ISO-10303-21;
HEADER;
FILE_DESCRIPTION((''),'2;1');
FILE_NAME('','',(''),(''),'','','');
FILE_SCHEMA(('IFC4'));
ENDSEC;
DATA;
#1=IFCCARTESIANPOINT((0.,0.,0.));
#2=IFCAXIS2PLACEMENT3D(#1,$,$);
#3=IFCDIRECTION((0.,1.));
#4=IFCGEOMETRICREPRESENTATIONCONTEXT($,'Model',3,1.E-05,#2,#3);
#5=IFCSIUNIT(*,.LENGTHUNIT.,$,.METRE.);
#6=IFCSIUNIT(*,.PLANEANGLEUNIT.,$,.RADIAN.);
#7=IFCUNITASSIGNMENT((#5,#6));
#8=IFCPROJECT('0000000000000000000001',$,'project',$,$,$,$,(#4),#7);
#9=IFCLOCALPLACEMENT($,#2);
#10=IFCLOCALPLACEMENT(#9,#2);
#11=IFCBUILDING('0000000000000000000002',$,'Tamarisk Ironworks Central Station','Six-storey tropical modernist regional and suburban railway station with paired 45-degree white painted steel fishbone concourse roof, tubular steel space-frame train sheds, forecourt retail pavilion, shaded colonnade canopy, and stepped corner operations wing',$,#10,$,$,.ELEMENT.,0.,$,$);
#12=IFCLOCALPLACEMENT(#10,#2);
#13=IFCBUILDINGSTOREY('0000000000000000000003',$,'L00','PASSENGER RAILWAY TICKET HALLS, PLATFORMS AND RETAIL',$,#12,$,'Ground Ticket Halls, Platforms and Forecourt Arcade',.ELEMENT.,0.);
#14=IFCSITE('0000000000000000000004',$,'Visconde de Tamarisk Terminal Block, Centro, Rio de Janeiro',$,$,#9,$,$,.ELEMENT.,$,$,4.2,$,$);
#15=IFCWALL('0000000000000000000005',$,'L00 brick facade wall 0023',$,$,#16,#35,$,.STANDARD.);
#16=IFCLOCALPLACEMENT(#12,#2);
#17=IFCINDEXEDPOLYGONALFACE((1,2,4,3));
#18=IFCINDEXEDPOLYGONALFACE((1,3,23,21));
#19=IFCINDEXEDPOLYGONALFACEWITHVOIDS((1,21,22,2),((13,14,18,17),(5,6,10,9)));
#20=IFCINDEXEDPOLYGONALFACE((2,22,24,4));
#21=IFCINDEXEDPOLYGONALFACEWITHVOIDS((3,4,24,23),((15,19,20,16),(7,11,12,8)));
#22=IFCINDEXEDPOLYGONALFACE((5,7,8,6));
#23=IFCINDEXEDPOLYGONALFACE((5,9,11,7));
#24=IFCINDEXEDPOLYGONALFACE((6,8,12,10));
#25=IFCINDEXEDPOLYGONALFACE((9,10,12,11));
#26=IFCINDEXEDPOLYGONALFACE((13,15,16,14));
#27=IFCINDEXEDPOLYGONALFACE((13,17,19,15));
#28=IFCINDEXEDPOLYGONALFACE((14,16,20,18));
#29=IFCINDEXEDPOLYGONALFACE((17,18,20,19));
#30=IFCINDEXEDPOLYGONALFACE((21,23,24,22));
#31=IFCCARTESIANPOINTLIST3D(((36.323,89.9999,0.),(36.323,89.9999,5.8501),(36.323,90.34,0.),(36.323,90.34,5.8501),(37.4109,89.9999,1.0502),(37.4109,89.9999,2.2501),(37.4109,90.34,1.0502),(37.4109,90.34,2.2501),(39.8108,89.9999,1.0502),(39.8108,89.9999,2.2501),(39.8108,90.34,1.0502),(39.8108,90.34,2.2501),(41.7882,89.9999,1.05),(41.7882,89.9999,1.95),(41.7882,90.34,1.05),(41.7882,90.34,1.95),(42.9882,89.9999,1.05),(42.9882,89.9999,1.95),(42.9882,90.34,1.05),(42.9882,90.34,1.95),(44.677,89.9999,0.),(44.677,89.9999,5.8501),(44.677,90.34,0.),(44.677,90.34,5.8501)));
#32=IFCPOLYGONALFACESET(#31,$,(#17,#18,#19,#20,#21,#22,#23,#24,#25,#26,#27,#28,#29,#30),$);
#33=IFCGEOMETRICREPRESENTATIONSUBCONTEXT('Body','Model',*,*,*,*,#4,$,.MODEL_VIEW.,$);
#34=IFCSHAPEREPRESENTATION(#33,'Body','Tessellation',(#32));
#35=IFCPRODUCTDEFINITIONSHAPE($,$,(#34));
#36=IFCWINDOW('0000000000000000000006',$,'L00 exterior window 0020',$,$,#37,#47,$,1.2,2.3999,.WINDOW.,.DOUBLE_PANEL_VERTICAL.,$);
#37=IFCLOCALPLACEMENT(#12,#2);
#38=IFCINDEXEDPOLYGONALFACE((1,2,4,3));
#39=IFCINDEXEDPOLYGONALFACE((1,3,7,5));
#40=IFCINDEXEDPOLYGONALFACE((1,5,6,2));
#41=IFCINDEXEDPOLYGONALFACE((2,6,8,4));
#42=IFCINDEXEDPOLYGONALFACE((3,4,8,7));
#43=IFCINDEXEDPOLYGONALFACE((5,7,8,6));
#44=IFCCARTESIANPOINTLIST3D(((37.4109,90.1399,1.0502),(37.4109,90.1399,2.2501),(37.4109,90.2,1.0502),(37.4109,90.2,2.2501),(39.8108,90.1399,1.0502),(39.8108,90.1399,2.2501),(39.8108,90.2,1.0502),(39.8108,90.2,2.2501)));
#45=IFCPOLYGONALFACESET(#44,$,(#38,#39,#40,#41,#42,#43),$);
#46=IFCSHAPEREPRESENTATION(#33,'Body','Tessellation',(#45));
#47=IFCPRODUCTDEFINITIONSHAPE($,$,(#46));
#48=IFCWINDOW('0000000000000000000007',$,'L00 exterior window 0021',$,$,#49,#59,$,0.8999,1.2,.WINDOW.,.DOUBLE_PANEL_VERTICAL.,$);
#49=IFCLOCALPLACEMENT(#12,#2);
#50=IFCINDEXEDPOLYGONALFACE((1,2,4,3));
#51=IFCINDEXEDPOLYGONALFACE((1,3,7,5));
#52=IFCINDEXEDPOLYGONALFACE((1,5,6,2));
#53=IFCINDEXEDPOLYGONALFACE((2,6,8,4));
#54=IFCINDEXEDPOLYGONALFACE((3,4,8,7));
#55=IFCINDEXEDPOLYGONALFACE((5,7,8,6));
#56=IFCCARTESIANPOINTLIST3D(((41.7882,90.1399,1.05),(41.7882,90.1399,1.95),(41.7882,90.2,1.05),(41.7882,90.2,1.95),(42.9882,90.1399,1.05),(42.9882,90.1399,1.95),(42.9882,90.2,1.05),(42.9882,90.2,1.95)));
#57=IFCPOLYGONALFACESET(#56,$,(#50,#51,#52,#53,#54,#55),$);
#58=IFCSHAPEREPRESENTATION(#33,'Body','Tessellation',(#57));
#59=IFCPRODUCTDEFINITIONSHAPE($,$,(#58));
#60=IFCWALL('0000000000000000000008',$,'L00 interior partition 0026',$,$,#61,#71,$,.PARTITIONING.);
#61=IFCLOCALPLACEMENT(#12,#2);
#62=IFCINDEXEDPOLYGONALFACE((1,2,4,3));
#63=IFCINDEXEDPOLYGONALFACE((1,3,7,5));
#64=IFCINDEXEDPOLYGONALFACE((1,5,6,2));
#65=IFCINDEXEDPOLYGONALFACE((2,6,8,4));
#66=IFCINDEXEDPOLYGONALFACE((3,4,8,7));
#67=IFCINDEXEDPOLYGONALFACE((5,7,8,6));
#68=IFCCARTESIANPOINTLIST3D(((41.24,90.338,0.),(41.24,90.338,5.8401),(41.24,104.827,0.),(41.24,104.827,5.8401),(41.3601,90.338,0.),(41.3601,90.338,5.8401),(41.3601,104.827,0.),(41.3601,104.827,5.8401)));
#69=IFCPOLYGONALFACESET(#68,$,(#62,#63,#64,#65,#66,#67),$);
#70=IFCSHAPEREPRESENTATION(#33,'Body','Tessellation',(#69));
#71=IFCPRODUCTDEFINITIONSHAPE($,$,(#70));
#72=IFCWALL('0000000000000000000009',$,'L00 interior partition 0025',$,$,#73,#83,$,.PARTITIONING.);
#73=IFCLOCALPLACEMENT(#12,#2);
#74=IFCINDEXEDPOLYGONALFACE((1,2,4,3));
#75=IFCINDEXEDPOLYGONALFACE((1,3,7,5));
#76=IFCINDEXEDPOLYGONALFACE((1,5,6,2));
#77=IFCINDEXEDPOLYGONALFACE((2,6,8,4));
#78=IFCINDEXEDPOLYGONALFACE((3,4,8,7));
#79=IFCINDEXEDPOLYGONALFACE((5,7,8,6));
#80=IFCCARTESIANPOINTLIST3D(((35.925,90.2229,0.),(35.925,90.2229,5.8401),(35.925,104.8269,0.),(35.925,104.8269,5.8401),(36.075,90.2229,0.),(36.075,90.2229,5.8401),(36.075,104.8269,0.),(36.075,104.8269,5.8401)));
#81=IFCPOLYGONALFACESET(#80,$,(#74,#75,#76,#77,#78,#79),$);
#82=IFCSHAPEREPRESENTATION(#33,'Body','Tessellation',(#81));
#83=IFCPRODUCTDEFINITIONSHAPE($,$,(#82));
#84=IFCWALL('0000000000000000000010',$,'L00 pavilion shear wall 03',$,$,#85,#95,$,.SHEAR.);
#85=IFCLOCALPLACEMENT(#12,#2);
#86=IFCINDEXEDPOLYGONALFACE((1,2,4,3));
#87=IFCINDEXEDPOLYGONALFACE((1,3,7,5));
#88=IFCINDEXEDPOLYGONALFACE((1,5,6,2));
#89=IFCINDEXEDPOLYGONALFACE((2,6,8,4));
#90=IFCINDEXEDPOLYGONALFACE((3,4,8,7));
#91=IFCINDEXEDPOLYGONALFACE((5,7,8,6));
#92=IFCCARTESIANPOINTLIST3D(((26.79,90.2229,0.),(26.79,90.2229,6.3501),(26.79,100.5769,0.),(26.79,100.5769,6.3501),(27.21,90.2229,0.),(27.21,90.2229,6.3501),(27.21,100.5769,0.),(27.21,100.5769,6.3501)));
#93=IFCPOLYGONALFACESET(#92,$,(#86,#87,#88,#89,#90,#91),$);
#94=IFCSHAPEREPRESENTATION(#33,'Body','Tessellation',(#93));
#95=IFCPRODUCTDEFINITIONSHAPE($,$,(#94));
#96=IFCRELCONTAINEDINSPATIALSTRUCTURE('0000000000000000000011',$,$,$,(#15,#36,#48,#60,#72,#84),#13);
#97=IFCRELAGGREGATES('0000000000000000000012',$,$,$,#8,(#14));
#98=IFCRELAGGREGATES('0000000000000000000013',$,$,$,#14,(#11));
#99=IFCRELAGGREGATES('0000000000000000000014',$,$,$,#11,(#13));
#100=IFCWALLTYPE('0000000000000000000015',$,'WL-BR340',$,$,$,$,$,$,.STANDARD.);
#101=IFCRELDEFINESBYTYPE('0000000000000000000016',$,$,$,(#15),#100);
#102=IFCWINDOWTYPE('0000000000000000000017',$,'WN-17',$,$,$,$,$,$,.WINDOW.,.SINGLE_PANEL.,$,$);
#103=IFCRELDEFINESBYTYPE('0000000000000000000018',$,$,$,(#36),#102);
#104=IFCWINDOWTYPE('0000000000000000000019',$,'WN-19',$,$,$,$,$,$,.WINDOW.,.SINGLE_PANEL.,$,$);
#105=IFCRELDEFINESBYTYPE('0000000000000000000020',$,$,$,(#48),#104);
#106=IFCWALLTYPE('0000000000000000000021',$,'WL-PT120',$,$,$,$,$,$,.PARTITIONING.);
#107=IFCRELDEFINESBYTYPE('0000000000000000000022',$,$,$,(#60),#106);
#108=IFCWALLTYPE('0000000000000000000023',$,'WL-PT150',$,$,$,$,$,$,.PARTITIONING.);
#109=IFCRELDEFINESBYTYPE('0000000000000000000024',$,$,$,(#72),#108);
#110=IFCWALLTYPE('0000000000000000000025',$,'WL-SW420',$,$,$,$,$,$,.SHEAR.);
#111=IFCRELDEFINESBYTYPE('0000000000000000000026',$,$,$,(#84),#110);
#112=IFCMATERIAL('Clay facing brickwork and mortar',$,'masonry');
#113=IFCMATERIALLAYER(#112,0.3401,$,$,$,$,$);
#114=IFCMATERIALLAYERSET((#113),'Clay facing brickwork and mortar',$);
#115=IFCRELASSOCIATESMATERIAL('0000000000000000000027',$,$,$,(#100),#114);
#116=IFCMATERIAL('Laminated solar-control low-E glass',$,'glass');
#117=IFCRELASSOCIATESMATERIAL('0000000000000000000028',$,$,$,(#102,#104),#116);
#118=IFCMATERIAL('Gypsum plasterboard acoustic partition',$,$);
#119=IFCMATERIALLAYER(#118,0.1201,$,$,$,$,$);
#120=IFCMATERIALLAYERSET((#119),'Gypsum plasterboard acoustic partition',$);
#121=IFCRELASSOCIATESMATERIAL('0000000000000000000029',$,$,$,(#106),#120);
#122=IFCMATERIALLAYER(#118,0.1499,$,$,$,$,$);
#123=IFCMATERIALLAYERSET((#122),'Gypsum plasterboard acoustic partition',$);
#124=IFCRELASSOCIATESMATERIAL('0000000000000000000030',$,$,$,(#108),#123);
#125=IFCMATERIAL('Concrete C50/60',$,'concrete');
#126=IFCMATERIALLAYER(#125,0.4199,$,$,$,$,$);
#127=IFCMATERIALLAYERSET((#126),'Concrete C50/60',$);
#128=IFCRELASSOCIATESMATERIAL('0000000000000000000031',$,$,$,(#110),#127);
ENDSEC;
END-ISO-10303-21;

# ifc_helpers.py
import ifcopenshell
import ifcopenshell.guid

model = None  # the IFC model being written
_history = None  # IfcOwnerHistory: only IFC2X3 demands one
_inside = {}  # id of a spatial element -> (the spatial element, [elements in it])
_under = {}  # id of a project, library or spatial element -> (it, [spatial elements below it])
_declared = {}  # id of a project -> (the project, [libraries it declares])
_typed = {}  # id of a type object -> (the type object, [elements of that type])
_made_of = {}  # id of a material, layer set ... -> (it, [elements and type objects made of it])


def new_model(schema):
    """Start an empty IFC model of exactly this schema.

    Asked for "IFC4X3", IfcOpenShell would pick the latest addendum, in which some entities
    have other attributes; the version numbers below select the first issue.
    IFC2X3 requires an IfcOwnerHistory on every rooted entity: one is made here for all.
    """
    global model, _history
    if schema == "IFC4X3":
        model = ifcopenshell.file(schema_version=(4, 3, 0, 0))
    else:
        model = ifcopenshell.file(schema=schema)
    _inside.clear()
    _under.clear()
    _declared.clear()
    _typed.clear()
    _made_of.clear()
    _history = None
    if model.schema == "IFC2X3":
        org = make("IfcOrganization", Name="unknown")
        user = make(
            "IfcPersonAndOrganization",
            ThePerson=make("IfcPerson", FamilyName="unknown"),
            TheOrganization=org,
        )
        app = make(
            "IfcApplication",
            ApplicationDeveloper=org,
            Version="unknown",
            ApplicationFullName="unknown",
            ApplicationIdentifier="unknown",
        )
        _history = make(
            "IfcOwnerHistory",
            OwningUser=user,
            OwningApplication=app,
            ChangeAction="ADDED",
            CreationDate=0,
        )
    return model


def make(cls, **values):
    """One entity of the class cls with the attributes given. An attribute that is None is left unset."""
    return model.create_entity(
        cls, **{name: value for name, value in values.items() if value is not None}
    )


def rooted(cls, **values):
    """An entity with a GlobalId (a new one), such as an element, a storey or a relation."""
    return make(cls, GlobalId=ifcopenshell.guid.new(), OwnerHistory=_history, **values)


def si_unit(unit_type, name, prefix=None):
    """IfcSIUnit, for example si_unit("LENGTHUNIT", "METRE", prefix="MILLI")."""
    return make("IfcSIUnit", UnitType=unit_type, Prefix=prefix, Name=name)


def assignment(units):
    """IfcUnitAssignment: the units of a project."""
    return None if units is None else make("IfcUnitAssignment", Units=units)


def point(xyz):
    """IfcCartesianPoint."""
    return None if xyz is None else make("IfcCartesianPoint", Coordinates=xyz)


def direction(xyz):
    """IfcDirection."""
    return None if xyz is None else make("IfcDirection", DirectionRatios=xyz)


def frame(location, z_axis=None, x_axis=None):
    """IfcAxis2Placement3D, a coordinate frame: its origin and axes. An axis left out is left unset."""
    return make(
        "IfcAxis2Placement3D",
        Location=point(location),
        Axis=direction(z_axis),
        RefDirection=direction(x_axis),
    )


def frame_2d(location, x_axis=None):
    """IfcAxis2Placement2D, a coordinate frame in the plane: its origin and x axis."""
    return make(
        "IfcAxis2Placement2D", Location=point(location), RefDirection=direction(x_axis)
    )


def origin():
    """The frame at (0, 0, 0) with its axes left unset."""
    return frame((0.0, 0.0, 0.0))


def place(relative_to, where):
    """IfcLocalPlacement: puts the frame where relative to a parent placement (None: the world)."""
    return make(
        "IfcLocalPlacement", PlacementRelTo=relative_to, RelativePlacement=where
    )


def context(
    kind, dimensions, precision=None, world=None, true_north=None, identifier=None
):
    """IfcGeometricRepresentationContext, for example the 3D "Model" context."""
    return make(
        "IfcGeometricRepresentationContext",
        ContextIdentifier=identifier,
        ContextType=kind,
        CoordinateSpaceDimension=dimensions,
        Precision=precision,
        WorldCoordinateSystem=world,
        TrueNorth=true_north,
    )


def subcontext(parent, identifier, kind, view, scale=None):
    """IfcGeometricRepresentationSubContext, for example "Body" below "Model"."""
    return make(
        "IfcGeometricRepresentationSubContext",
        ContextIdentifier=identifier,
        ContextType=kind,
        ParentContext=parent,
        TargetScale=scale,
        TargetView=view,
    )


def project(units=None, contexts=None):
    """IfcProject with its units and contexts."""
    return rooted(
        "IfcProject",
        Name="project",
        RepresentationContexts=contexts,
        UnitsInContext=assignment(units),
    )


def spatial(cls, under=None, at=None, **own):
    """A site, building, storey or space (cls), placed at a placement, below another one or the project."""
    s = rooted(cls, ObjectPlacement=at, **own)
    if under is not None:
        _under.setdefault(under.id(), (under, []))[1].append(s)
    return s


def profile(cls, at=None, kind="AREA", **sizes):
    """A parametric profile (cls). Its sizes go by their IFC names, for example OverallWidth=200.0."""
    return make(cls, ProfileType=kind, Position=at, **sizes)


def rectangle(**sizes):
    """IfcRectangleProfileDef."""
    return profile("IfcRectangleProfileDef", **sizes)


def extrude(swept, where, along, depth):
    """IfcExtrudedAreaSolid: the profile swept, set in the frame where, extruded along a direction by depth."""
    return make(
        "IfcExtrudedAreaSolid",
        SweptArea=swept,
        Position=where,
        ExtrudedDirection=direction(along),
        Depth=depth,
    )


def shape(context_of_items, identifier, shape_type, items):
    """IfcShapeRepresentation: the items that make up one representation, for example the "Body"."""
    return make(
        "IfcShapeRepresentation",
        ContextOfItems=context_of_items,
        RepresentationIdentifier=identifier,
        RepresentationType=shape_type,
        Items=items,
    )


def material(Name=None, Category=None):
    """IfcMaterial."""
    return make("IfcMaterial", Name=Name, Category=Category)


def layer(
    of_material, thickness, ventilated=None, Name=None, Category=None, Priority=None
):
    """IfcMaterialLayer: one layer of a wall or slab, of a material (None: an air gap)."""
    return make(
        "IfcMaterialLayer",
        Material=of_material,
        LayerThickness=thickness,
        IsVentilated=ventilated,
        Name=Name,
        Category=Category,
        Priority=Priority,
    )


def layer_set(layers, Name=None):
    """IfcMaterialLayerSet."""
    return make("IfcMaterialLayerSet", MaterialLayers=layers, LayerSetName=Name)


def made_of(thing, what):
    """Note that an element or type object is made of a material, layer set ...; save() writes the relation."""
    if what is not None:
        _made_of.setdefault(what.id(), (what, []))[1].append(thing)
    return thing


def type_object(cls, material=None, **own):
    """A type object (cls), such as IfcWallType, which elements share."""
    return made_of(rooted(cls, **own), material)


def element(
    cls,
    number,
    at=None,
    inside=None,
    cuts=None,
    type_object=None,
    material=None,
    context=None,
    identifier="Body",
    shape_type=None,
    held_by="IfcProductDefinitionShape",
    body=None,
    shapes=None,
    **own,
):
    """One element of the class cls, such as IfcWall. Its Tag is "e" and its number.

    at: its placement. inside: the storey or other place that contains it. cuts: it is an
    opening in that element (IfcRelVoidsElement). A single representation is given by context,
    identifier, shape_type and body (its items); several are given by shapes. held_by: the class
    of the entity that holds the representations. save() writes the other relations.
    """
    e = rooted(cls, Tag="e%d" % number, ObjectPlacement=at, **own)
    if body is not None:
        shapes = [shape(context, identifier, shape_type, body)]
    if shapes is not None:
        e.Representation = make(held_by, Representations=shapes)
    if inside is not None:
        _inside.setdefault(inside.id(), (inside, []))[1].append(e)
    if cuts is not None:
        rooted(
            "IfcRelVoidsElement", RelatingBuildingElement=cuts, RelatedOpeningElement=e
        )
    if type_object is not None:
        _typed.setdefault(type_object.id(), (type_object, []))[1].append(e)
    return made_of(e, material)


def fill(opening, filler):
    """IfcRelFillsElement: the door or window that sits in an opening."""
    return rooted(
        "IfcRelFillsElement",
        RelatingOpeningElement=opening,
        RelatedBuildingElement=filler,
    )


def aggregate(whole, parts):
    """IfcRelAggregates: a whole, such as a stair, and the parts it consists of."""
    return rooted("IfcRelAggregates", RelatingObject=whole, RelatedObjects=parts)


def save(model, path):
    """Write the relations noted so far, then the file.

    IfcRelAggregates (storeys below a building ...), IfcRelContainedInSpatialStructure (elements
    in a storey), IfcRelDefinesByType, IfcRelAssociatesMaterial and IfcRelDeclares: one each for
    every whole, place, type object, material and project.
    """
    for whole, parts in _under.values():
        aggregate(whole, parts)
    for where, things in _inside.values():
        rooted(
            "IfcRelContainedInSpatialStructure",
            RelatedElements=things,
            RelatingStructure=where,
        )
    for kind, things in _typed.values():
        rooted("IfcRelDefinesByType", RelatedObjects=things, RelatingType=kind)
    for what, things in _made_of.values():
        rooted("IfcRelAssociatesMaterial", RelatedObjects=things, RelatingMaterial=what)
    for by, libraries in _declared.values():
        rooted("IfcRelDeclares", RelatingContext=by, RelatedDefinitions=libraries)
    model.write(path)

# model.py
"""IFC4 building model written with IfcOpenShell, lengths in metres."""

from ifc_helpers import new_model, si_unit, direction, frame, frame_2d, origin, place, context, subcontext, project, spatial, rectangle, extrude, material, layer, layer_set, type_object, element, fill, save


model = new_model("IFC4")

# Units and contexts
model_context = context("Model", 3, precision=1e-05, world=origin(), true_north=direction((0.0, 1.0)))
body_context = subcontext(model_context, "Body", "Model", "MODEL_VIEW")
ifc_project = project(units=[si_unit("LENGTHUNIT", "METRE"), si_unit("PLANEANGLEUNIT", "RADIAN")], contexts=[model_context])

# Site, building, storey
site_placement = place(None, origin())
site = spatial("IfcSite", under=ifc_project, at=site_placement, Name="Visconde de Tamarisk Terminal Block, Centro, Rio de Janeiro", CompositionType="ELEMENT", RefElevation=4.2)
building_placement = place(site_placement, origin())
building = spatial("IfcBuilding", under=site, at=building_placement, Name="Tamarisk Ironworks Central Station", Description="Six-storey tropical modernist regional and suburban railway station with paired 45-degree white painted steel fishbone concourse roof, tubular steel space-frame train sheds, forecourt retail pavilion, shaded colonnade canopy, and stepped corner operations wing", CompositionType="ELEMENT", ElevationOfRefHeight=0.0)
storey_placement = place(building_placement, origin())
storey = spatial("IfcBuildingStorey", under=building, at=storey_placement, Name="L00", Description="PASSENGER RAILWAY TICKET HALLS, PLATFORMS AND RETAIL", LongName="Ground Ticket Halls, Platforms and Forecourt Arcade", CompositionType="ELEMENT", Elevation=0.0)

# Shared definitions
ifc_material_1 = material(Name="Laminated solar-control low-E glass", Category="glass")

# Wall, openings, windows
ifc_material_2 = material(Name="Clay facing brickwork and mortar", Category="masonry")
ifc_layer_1 = layer(ifc_material_2, 0.3401)
ifc_layer_set_1 = layer_set([ifc_layer_1], Name="Clay facing brickwork and mortar")
wall_type_1 = type_object("IfcWallType", Name="WL-BR340", PredefinedType="STANDARD", material=ifc_layer_set_1)
wall_1_placement = place(storey_placement, frame((36.323, 90.1699, 0.0), z_axis=(0.0, 0.0, 1.0), x_axis=(1.0, 0.0, 0.0)))
wall_1 = element("IfcWall", 1, at=wall_1_placement, inside=storey, type_object=wall_type_1, Name="L00 brick facade wall 0023", PredefinedType="STANDARD", context=body_context, shape_type="SweptSolid", body=[
    extrude(rectangle(XDim=8.354, YDim=0.3401, at=frame_2d((4.177, 0.0))), origin(), (0.0, 0.0, 1.0), 5.8501),
])
opening_1_placement = place(wall_1_placement, frame((1.0879, 0.0, 1.05)))
opening_1 = element("IfcOpeningElement", 2, at=opening_1_placement, cuts=wall_1, PredefinedType="OPENING", context=body_context, shape_type="SweptSolid", body=[
    extrude(rectangle(XDim=2.3999, YDim=1.2, at=frame_2d((1.2, 0.6001))), frame((0.0, 0.1821, 0.0), z_axis=(0.0, -1.0, 0.0), x_axis=(1.0, 0.0, 0.0)), (0.0, 0.0, 1.0), 0.364),
])
opening_2_placement = place(wall_1_placement, frame((5.4651, 0.0, 1.05)))
opening_2 = element("IfcOpeningElement", 3, at=opening_2_placement, cuts=wall_1, PredefinedType="OPENING", context=body_context, shape_type="SweptSolid", body=[
    extrude(rectangle(XDim=1.2, YDim=0.8999, at=frame_2d((0.6001, 0.45))), frame((0.0, 0.1821, 0.0), z_axis=(0.0, -1.0, 0.0), x_axis=(1.0, 0.0, 0.0)), (0.0, 0.0, 1.0), 0.364),
])
window_type_1 = type_object("IfcWindowType", Name="WN-17", PartitioningType="SINGLE_PANEL", PredefinedType="WINDOW", material=ifc_material_1)
window_1_placement = place(opening_1_placement, origin())
window_1 = element("IfcWindow", 4, at=window_1_placement, inside=storey, type_object=window_type_1, Name="L00 exterior window 0020", OverallHeight=1.2, OverallWidth=2.3999, PartitioningType="DOUBLE_PANEL_VERTICAL", PredefinedType="WINDOW", context=body_context, shape_type="SweptSolid", body=[
    extrude(rectangle(XDim=2.3999, YDim=1.2, at=frame_2d((1.2, 0.6001))), frame((0.0, 0.03, 0.0), z_axis=(0.0, -1.0, 0.0), x_axis=(1.0, 0.0, 0.0)), (0.0, 0.0, 1.0), 0.0601),
])
fill(opening_1, window_1)
window_type_2 = type_object("IfcWindowType", Name="WN-19", PartitioningType="SINGLE_PANEL", PredefinedType="WINDOW", material=ifc_material_1)
window_2_placement = place(opening_2_placement, origin())
window_2 = element("IfcWindow", 5, at=window_2_placement, inside=storey, type_object=window_type_2, Name="L00 exterior window 0021", OverallHeight=0.8999, OverallWidth=1.2, PartitioningType="DOUBLE_PANEL_VERTICAL", PredefinedType="WINDOW", context=body_context, shape_type="SweptSolid", body=[
    extrude(rectangle(XDim=1.2, YDim=0.8999, at=frame_2d((0.6001, 0.45))), frame((0.0, 0.03, 0.0), z_axis=(0.0, -1.0, 0.0), x_axis=(1.0, 0.0, 0.0)), (0.0, 0.0, 1.0), 0.0601),
])
fill(opening_2, window_2)

# Walls
ifc_material_3 = material(Name="Gypsum plasterboard acoustic partition")
ifc_layer_2 = layer(ifc_material_3, 0.1201)
ifc_layer_set_2 = layer_set([ifc_layer_2], Name="Gypsum plasterboard acoustic partition")
wall_type_2 = type_object("IfcWallType", Name="WL-PT120", PredefinedType="PARTITIONING", material=ifc_layer_set_2)
wall_2_placement = place(storey_placement, frame((41.3, 90.3379, 0.0), z_axis=(0.0, 0.0, 1.0), x_axis=(0.0, 1.0, 0.0)))
element("IfcWall", 6, at=wall_2_placement, inside=storey, type_object=wall_type_2, Name="L00 interior partition 0026", PredefinedType="PARTITIONING", context=body_context, shape_type="SweptSolid", body=[
    extrude(rectangle(XDim=14.489, YDim=0.1201, at=frame_2d((7.2446, 0.0))), origin(), (0.0, 0.0, 1.0), 5.8401),
])
ifc_layer_3 = layer(ifc_material_3, 0.1499)
ifc_layer_set_3 = layer_set([ifc_layer_3], Name="Gypsum plasterboard acoustic partition")
wall_type_3 = type_object("IfcWallType", Name="WL-PT150", PredefinedType="PARTITIONING", material=ifc_layer_set_3)
wall_3_placement = place(storey_placement, frame((36.0, 90.2229, 0.0), z_axis=(0.0, 0.0, 1.0), x_axis=(0.0, 1.0, 0.0)))
element("IfcWall", 7, at=wall_3_placement, inside=storey, type_object=wall_type_3, Name="L00 interior partition 0025", PredefinedType="PARTITIONING", context=body_context, shape_type="SweptSolid", body=[
    extrude(rectangle(XDim=14.604, YDim=0.1499, at=frame_2d((7.302, 0.0))), origin(), (0.0, 0.0, 1.0), 5.8401),
])
ifc_material_4 = material(Name="Concrete C50/60", Category="concrete")
ifc_layer_4 = layer(ifc_material_4, 0.4199)
ifc_layer_set_4 = layer_set([ifc_layer_4], Name="Concrete C50/60")
wall_type_4 = type_object("IfcWallType", Name="WL-SW420", PredefinedType="SHEAR", material=ifc_layer_set_4)
wall_4_placement = place(storey_placement, frame((27.0, 90.2229, 0.0), z_axis=(0.0, 0.0, 1.0), x_axis=(0.0, 1.0, 0.0)))
element("IfcWall", 8, at=wall_4_placement, inside=storey, type_object=wall_type_4, Name="L00 pavilion shear wall 03", PredefinedType="SHEAR", context=body_context, shape_type="SweptSolid", body=[
    extrude(rectangle(XDim=10.354, YDim=0.4199, at=frame_2d((5.177, 0.0))), origin(), (0.0, 0.0, 1.0), 6.3501),
])

save(model, "model.ifc")
